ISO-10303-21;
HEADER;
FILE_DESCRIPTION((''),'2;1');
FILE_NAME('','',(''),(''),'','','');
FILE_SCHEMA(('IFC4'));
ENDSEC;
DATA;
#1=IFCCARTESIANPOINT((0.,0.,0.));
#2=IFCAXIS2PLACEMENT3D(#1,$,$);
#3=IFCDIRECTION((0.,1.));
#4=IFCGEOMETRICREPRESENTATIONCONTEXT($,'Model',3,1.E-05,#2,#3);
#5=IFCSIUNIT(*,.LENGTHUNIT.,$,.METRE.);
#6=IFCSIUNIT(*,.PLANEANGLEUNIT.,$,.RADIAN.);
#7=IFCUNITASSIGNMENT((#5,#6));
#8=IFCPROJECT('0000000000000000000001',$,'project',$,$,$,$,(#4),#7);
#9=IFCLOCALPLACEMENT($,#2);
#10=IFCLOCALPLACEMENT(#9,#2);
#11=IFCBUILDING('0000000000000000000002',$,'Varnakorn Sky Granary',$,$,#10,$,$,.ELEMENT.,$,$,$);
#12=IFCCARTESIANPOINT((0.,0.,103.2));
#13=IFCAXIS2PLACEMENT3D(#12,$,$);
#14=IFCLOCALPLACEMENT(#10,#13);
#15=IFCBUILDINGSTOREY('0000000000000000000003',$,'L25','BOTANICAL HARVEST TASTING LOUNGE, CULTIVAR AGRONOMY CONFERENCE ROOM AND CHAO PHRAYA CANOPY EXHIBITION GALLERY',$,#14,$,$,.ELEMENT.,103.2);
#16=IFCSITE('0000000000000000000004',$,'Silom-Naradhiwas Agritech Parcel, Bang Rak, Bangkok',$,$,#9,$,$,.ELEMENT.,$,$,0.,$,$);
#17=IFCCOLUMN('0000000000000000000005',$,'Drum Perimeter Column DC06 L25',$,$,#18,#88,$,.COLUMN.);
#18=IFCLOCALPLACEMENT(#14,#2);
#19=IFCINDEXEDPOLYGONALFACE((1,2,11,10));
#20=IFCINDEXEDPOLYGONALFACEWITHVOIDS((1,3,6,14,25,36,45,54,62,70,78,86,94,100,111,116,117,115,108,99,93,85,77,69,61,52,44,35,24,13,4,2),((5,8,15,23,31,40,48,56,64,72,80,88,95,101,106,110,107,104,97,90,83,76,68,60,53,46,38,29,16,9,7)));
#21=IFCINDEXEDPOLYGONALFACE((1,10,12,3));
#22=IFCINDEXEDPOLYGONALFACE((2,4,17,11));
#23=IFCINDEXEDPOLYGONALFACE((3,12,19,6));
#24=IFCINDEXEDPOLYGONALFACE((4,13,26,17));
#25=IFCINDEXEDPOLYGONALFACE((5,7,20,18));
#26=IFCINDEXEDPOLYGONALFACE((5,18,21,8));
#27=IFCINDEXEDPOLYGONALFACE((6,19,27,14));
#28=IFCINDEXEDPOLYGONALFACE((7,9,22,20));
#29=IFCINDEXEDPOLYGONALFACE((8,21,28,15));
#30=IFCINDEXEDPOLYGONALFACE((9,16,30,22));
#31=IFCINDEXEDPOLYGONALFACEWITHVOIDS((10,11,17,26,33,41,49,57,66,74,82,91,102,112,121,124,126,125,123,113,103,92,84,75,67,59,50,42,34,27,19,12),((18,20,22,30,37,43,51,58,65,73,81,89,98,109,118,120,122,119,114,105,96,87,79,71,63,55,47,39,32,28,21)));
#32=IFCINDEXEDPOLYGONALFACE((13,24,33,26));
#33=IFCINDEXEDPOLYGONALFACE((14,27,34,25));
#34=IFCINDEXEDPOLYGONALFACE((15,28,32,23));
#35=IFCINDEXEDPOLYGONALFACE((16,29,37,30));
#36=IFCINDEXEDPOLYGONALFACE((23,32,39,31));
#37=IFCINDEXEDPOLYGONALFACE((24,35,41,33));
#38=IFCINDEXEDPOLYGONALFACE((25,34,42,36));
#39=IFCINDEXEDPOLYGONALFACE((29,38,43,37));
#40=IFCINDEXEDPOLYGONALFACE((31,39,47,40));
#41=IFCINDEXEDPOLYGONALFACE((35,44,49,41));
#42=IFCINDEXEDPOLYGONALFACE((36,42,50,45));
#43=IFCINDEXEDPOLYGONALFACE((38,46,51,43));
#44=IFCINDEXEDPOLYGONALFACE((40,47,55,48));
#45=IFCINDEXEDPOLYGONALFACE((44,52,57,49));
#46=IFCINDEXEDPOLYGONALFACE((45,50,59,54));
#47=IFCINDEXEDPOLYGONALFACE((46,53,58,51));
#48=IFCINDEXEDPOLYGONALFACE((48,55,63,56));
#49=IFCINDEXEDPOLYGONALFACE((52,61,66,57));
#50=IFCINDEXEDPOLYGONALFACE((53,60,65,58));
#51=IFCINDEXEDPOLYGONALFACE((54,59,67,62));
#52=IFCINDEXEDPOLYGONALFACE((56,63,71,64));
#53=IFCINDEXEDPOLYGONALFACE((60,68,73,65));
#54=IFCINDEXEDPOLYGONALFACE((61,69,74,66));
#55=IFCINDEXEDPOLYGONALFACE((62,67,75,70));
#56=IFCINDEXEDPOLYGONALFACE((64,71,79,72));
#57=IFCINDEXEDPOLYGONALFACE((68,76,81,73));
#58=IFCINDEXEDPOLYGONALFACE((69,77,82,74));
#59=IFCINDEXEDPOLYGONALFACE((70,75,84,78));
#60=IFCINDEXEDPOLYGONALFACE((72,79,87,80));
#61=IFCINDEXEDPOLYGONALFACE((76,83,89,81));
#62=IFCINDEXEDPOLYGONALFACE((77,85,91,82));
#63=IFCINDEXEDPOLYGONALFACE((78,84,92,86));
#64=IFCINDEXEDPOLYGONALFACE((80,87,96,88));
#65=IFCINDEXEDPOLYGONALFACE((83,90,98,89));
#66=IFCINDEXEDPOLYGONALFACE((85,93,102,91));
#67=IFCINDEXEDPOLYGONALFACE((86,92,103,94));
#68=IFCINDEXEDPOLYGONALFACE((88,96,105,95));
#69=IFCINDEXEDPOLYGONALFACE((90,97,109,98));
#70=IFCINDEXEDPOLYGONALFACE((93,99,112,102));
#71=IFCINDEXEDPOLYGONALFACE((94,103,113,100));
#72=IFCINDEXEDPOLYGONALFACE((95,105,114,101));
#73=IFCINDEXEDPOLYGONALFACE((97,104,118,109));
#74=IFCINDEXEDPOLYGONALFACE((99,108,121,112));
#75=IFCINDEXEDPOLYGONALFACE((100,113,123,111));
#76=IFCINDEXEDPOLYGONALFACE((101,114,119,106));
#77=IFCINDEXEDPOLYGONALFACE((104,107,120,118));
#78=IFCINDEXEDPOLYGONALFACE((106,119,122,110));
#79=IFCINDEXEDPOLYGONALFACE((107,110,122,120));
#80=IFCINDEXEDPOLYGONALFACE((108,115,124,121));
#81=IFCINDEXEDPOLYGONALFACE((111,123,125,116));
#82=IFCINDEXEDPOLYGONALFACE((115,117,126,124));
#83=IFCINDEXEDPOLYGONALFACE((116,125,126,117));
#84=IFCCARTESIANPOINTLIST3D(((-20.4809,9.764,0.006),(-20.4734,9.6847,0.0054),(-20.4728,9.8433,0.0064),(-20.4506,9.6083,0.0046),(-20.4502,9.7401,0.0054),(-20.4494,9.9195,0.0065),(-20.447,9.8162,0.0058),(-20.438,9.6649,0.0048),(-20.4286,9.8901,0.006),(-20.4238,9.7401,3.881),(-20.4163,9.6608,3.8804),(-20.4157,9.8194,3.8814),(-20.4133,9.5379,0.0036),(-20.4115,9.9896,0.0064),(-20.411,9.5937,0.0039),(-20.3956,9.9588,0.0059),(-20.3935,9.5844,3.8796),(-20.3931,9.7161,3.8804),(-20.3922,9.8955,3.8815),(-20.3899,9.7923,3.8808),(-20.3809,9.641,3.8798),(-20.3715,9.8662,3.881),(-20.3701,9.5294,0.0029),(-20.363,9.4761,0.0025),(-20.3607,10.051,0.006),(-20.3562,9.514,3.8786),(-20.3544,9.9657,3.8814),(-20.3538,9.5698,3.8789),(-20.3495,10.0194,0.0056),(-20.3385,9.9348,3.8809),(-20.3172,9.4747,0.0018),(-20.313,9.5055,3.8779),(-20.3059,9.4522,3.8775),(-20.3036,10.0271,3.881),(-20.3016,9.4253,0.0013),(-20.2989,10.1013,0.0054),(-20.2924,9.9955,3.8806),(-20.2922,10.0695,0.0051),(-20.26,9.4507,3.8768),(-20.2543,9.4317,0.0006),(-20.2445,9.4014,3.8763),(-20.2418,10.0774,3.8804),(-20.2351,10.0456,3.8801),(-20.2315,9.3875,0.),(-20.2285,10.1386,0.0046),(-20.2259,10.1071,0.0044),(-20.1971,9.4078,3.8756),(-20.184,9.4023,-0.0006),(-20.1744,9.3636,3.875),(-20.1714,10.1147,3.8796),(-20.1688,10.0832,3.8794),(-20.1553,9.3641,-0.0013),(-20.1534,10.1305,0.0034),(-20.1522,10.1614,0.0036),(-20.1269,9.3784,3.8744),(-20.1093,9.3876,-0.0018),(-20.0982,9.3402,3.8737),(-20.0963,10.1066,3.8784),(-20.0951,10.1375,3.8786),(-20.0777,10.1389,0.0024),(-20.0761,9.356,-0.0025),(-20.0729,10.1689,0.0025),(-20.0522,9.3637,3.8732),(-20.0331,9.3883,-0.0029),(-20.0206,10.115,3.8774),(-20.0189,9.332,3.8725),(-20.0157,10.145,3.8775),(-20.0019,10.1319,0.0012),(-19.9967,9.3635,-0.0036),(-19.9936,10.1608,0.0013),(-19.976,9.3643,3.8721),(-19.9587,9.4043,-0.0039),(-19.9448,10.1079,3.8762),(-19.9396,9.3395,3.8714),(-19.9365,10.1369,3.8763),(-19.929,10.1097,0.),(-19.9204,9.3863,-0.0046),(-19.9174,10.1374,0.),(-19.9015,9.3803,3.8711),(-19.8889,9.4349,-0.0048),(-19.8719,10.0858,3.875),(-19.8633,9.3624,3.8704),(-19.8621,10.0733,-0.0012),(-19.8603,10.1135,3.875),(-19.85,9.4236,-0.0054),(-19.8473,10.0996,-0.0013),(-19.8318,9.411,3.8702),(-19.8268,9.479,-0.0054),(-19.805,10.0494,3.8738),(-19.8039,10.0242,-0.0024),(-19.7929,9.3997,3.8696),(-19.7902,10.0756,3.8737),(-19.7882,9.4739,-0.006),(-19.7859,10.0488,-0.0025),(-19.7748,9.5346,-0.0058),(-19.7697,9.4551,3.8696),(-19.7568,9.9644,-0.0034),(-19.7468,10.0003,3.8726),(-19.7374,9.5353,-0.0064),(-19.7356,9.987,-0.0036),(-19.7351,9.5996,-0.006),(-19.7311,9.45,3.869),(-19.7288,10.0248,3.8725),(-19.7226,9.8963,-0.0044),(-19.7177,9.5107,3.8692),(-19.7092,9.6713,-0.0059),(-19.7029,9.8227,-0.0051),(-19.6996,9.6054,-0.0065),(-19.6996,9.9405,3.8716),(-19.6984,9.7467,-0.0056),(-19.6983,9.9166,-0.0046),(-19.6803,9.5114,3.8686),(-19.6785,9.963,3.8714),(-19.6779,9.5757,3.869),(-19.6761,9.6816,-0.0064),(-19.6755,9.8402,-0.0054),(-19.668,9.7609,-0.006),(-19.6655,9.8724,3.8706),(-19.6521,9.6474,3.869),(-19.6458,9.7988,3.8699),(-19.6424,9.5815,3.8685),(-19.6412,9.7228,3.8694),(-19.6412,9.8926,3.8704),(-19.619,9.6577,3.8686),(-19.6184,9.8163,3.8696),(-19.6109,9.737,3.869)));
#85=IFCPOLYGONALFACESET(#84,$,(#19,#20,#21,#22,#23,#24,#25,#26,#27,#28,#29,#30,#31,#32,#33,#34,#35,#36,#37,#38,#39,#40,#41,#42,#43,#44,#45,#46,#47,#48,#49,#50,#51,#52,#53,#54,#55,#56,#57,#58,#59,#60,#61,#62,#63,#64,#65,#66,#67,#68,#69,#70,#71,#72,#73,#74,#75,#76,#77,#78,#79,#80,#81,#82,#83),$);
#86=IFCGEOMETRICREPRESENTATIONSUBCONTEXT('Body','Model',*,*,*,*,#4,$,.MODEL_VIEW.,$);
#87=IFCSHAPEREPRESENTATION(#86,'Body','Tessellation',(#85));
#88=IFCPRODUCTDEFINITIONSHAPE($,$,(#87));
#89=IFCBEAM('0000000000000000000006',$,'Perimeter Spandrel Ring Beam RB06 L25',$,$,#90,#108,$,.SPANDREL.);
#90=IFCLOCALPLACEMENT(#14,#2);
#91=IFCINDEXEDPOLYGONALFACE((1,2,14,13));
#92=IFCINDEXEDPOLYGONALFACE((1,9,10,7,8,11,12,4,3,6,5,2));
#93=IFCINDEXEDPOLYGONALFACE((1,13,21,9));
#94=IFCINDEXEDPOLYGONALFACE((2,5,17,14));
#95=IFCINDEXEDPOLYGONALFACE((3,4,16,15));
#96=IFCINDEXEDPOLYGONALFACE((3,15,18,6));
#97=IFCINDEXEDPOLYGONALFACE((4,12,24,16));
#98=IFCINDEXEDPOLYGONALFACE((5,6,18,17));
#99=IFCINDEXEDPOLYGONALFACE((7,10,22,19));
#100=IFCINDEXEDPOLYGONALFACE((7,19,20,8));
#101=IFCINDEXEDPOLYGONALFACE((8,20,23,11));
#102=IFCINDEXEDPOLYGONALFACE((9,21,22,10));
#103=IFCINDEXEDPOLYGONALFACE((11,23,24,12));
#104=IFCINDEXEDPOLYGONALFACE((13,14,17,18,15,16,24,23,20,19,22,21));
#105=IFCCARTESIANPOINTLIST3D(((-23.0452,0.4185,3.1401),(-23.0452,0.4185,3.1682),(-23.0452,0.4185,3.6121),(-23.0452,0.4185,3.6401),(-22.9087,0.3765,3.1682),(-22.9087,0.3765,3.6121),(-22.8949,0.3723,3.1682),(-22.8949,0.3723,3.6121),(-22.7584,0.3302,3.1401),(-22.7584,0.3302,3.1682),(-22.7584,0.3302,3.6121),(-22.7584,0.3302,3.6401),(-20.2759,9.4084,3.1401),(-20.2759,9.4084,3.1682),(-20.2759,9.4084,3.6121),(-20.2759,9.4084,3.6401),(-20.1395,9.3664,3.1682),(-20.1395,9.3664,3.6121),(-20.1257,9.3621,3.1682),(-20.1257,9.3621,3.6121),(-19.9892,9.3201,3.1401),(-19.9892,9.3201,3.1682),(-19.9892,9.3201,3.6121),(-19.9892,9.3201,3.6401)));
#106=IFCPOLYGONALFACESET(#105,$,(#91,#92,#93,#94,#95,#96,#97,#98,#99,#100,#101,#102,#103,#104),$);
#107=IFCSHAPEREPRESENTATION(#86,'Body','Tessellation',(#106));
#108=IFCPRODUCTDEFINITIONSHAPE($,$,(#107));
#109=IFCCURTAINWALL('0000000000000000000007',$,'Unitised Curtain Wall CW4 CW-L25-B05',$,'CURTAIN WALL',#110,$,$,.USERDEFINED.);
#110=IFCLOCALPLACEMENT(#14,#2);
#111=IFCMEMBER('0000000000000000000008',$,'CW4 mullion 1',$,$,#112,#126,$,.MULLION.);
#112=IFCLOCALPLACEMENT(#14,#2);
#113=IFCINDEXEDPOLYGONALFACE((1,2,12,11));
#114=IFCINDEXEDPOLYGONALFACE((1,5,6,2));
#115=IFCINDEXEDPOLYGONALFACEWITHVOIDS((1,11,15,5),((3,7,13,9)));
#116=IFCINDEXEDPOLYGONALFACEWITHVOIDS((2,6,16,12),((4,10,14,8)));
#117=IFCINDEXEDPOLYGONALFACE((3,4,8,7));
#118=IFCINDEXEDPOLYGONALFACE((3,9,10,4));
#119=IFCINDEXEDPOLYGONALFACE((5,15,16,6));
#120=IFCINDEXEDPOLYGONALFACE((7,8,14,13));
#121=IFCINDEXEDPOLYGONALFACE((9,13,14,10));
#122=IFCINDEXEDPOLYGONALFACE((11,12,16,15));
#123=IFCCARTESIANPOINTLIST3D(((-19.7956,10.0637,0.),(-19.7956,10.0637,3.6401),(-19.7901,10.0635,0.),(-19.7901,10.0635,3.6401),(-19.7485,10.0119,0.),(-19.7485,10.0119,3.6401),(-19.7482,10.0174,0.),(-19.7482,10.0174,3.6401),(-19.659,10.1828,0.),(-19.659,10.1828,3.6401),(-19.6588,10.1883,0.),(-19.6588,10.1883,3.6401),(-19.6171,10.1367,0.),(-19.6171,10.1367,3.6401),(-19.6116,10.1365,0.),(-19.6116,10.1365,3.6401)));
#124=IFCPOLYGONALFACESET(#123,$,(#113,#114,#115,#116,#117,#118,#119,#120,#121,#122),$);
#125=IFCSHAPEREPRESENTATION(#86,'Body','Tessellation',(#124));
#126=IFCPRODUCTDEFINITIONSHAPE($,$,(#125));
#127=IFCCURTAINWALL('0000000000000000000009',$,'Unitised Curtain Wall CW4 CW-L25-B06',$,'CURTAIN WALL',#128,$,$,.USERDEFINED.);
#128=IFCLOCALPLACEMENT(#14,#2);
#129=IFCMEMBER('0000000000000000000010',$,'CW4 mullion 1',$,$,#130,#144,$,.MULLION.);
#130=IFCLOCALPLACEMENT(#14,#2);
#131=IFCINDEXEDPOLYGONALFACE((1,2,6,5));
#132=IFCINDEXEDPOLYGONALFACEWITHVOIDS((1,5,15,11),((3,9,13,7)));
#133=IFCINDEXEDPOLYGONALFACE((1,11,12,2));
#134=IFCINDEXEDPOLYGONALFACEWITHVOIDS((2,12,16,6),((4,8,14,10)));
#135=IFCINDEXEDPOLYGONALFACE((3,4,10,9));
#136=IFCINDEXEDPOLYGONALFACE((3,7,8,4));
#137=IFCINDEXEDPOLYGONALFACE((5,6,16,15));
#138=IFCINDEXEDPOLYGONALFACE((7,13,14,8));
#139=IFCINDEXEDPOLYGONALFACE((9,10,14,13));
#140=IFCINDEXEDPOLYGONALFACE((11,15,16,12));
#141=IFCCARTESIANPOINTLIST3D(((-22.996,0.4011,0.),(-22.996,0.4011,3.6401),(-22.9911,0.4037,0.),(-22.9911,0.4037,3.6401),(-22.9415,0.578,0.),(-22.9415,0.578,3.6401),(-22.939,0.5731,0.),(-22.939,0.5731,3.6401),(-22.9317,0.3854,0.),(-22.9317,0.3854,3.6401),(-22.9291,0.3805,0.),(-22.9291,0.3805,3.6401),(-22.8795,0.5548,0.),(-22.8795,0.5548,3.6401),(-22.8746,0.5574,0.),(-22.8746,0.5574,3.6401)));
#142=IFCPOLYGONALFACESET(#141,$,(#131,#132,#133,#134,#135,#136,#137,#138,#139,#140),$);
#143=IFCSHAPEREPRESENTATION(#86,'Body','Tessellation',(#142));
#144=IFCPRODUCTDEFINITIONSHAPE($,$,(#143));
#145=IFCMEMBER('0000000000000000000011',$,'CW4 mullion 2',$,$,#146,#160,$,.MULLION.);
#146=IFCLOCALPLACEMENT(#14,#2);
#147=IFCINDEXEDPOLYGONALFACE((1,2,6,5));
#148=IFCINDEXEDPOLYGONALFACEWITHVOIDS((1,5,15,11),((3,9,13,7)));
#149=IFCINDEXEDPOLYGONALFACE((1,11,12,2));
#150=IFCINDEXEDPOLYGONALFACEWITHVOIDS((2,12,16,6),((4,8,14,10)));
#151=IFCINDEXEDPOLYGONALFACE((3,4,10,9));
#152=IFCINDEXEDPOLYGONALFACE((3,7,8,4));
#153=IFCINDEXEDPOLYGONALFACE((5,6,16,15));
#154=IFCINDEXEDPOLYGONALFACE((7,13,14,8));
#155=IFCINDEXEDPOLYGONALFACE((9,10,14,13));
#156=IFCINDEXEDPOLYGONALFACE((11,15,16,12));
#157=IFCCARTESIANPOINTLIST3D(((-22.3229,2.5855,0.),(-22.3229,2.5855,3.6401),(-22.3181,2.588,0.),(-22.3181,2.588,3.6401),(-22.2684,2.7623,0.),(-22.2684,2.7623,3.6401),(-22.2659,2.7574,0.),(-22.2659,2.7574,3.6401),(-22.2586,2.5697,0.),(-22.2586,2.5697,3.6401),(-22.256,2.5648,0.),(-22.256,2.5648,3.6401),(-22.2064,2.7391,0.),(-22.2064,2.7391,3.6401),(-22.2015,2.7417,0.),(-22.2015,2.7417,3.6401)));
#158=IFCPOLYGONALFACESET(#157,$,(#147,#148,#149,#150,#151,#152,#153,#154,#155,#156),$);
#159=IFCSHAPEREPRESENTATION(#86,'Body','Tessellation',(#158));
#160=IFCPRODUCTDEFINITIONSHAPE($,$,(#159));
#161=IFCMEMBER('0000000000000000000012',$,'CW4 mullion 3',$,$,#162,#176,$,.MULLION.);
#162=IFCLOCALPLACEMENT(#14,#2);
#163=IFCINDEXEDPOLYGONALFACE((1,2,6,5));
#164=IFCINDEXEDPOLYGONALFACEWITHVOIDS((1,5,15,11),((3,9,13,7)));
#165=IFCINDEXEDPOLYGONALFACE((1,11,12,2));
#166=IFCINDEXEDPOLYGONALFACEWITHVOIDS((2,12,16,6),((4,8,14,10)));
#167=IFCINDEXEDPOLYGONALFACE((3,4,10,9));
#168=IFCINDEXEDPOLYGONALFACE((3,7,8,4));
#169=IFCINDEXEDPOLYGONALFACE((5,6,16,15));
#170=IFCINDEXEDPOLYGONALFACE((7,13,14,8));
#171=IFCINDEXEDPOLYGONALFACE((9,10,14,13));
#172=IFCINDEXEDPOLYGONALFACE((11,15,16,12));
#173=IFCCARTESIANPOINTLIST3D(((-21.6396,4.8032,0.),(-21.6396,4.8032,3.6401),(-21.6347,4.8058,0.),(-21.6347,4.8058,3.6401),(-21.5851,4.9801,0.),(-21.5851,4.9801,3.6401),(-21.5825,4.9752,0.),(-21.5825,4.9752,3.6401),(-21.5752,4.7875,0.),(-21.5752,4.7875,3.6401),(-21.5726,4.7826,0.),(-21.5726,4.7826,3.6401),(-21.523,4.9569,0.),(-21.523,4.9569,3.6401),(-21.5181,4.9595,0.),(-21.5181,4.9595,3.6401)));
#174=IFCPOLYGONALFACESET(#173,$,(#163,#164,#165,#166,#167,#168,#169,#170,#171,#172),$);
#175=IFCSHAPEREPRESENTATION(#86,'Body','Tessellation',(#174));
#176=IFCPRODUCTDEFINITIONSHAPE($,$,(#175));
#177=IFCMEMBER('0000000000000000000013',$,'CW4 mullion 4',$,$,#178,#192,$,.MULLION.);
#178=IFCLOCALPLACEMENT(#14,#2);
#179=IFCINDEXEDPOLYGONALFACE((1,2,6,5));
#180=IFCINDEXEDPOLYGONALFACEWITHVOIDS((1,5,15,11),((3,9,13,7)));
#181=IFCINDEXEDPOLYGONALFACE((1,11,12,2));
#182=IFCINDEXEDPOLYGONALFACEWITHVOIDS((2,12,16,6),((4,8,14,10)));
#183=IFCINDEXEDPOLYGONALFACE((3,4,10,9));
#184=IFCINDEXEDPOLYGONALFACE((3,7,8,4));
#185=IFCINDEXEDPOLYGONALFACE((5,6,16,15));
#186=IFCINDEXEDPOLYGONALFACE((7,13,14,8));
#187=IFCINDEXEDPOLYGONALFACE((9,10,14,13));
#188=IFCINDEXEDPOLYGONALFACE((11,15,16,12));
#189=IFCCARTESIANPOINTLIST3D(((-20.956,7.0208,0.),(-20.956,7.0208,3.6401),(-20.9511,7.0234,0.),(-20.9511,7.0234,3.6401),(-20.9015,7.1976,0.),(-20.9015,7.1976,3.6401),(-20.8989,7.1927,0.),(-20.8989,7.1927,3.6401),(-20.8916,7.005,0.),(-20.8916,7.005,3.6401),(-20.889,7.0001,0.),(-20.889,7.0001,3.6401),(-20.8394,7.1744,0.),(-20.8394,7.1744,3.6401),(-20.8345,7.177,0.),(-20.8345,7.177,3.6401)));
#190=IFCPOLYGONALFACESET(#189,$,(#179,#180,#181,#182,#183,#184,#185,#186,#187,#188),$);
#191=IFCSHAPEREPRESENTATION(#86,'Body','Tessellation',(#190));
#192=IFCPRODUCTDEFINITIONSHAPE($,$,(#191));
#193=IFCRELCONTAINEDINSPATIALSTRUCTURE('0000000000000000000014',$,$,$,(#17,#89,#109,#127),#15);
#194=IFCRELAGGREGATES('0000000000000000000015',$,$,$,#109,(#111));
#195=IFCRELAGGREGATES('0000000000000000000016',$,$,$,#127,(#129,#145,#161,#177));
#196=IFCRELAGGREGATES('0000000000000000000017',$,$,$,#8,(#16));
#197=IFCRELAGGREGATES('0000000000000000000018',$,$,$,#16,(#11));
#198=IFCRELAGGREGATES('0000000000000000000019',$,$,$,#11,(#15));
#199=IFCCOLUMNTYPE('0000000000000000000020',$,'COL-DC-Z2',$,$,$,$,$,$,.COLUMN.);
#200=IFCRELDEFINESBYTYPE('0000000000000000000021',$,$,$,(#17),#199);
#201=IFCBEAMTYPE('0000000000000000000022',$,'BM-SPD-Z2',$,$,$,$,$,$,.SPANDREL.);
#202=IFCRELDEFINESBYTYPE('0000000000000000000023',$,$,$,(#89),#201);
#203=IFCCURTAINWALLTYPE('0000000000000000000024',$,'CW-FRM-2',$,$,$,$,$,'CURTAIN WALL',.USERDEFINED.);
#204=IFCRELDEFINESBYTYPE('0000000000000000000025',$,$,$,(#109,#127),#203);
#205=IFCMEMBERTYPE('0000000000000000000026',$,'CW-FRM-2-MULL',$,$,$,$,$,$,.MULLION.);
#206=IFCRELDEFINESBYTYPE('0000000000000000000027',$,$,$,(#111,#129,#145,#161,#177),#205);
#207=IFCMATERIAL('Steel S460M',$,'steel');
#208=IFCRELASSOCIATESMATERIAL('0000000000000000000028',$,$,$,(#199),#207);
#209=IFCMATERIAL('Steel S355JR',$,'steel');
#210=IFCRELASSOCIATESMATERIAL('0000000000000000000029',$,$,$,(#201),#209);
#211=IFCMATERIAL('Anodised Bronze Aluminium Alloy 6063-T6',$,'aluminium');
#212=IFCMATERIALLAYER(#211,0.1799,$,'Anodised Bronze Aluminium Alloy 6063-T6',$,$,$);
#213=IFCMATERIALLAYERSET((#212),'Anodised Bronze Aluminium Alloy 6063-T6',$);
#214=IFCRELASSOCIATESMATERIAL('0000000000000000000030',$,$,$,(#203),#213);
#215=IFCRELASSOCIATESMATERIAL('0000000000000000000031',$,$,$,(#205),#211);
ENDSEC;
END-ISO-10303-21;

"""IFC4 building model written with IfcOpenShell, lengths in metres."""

from ifc_helpers import new_model, si_unit, direction, frame, origin, origin_2d, place, context, subcontext, project, spatial, hollow_rectangle, hollow_circle, i_section, extrude, material, layer, layer_set, material_profile, profile_set, type_object, element, aggregate, save


model = new_model("IFC4")

# Units and contexts
model_context = context("Model", 3, precision=1e-05, world=origin(), true_north=direction((0.0, 1.0)))
body_context = subcontext(model_context, "Body", "Model", "MODEL_VIEW")
ifc_project = project(units=[si_unit("LENGTHUNIT", "METRE"), si_unit("PLANEANGLEUNIT", "RADIAN")], contexts=[model_context])

# Site, building, storey
site_placement = place(None, origin())
site = spatial("IfcSite", under=ifc_project, at=site_placement, Name="Silom-Naradhiwas Agritech Parcel, Bang Rak, Bangkok", CompositionType="ELEMENT", RefElevation=0.0)
building_placement = place(site_placement, origin())
building = spatial("IfcBuilding", under=site, at=building_placement, Name="Varnakorn Sky Granary", CompositionType="ELEMENT")
storey_placement = place(building_placement, frame((0.0, 0.0, 103.2)))
storey = spatial("IfcBuildingStorey", under=building, at=storey_placement, Name="L25", Description="BOTANICAL HARVEST TASTING LOUNGE, CULTIVAR AGRONOMY CONFERENCE ROOM AND CHAO PHRAYA CANOPY EXHIBITION GALLERY", CompositionType="ELEMENT", Elevation=103.2)

# Column
ifc_material_1 = material(Name="Steel S460M", Category="steel")
ifc_material_profile_1 = material_profile(ifc_material_1, hollow_circle(Radius=0.4065, WallThickness=0.03, at=origin_2d()), Name="CHS 813x30")
ifc_profile_set_1 = profile_set([ifc_material_profile_1], Name="Steel S460M")
column_type = type_object("IfcColumnType", Name="COL-DC-Z2", PredefinedType="COLUMN", material=ifc_profile_set_1)
column_placement = place(storey_placement, frame((-20.0745, 9.7625, 0.0), z_axis=(0.014741, -0.006174, 0.999872), x_axis=(0.386294, 0.922376, 0.0)))
element("IfcColumn", 1, at=column_placement, inside=storey, type_object=column_type, Name="Drum Perimeter Column DC06 L25", PredefinedType="COLUMN", context=body_context, shape_type="SweptSolid", body=[
    extrude(hollow_circle(Radius=0.4065, WallThickness=0.03, at=origin_2d()), origin(), (0.0, 0.0, 1.0), 3.8755),
])

# Beam
ifc_material_2 = material(Name="Steel S355JR", Category="steel")
ifc_material_profile_2 = material_profile(ifc_material_2, i_section(OverallWidth=0.3, OverallDepth=0.5, WebThickness=0.0144, FlangeThickness=0.0281, at=origin_2d()), Name="HE 500 B")
ifc_profile_set_2 = profile_set([ifc_material_profile_2], Name="Steel S355JR")
beam_type = type_object("IfcBeamType", Name="BM-SPD-Z2", PredefinedType="SPANDREL", material=ifc_profile_set_2)
beam_placement = place(storey_placement, frame((-20.1326, 9.3643, 3.3901), z_axis=(-0.29439, -0.955685, 0.0), x_axis=(0.955685, -0.29439, 0.0)))
element("IfcBeam", 2, at=beam_placement, inside=storey, type_object=beam_type, Name="Perimeter Spandrel Ring Beam RB06 L25", PredefinedType="SPANDREL", context=body_context, shape_type="SweptSolid", body=[
    extrude(i_section(OverallWidth=0.3, OverallDepth=0.5, WebThickness=0.0144, FlangeThickness=0.0281, at=origin_2d()), origin(), (0.0, 0.0, 1.0), 9.4067),
])

# Curtain wall, member
ifc_material_3 = material(Name="Anodised Bronze Aluminium Alloy 6063-T6", Category="aluminium")
ifc_layer_1 = layer(ifc_material_3, 0.1799, Name="Anodised Bronze Aluminium Alloy 6063-T6")
ifc_layer_set_1 = layer_set([ifc_layer_1], Name="Anodised Bronze Aluminium Alloy 6063-T6")
curtain_wall_type = type_object("IfcCurtainWallType", Name="CW-FRM-2", ElementType="CURTAIN WALL", PredefinedType="USERDEFINED", material=ifc_layer_set_1)
curtain_wall_1_placement = place(storey_placement, origin())
curtain_wall_1 = element("IfcCurtainWall", 3, at=curtain_wall_1_placement, inside=storey, type_object=curtain_wall_type, Name="Unitised Curtain Wall CW4 CW-L25-B05", ObjectType="CURTAIN WALL", PredefinedType="USERDEFINED")
ifc_material_profile_3 = material_profile(ifc_material_3, hollow_rectangle(XDim=0.0701, YDim=0.1851, WallThickness=0.0039, at=origin_2d()), Name="ALU MULL 70x185")
ifc_profile_set_3 = profile_set([ifc_material_profile_3], Name="Anodised Bronze Aluminium Alloy 6063-T6")
member_type_1 = type_object("IfcMemberType", Name="CW-FRM-2-MULL", PredefinedType="MULLION", material=ifc_profile_set_3)
member_1_placement = place(storey_placement, frame((-19.7036, 10.1001, 0.0), z_axis=(0.0, 0.0, 1.0), x_axis=(-0.673185, 0.739474, 0.0)))
member_1 = element("IfcMember", 4, at=member_1_placement, type_object=member_type_1, Name="CW4 mullion 1", PredefinedType="MULLION", context=body_context, shape_type="SweptSolid", body=[
    extrude(hollow_rectangle(XDim=0.0701, YDim=0.1851, WallThickness=0.0039, at=origin_2d()), origin(), (0.0, 0.0, 1.0), 3.6401),
])

# Curtain wall, members
curtain_wall_2_placement = place(storey_placement, origin())
curtain_wall_2 = element("IfcCurtainWall", 5, at=curtain_wall_2_placement, inside=storey, type_object=curtain_wall_type, Name="Unitised Curtain Wall CW4 CW-L25-B06", ObjectType="CURTAIN WALL", PredefinedType="USERDEFINED")
member_2_placement = place(storey_placement, frame((-22.9353, 0.4792, 0.0), z_axis=(0.0, 0.0, 1.0), x_axis=(-0.955652, 0.294498, 0.0)))
member_2 = element("IfcMember", 6, at=member_2_placement, type_object=member_type_1, Name="CW4 mullion 1", PredefinedType="MULLION", context=body_context, shape_type="SweptSolid", body=[
    extrude(hollow_rectangle(XDim=0.0701, YDim=0.1851, WallThickness=0.0039, at=origin_2d()), origin(), (0.0, 0.0, 1.0), 3.6401),
])
member_3_placement = place(storey_placement, frame((-22.2622, 2.6636, 0.0), z_axis=(0.0, 0.0, 1.0), x_axis=(-0.955652, 0.294498, 0.0)))
member_3 = element("IfcMember", 7, at=member_3_placement, type_object=member_type_1, Name="CW4 mullion 2", PredefinedType="MULLION", context=body_context, shape_type="SweptSolid", body=[
    extrude(hollow_rectangle(XDim=0.0701, YDim=0.1851, WallThickness=0.0039, at=origin_2d()), origin(), (0.0, 0.0, 1.0), 3.6401),
])
member_4_placement = place(storey_placement, frame((-21.5789, 4.8813, 0.0), z_axis=(0.0, 0.0, 1.0), x_axis=(-0.955652, 0.294498, 0.0)))
member_4 = element("IfcMember", 8, at=member_4_placement, type_object=member_type_1, Name="CW4 mullion 3", PredefinedType="MULLION", context=body_context, shape_type="SweptSolid", body=[
    extrude(hollow_rectangle(XDim=0.0701, YDim=0.1851, WallThickness=0.0039, at=origin_2d()), origin(), (0.0, 0.0, 1.0), 3.6401),
])
member_5_placement = place(storey_placement, frame((-20.8953, 7.0989, 0.0), z_axis=(0.0, 0.0, 1.0), x_axis=(-0.955652, 0.294498, 0.0)))
member_5 = element("IfcMember", 9, at=member_5_placement, type_object=member_type_1, Name="CW4 mullion 4", PredefinedType="MULLION", context=body_context, shape_type="SweptSolid", body=[
    extrude(hollow_rectangle(XDim=0.0701, YDim=0.1851, WallThickness=0.0039, at=origin_2d()), origin(), (0.0, 0.0, 1.0), 3.6401),
])

aggregate(curtain_wall_1, [member_1])

aggregate(curtain_wall_2, [member_2, member_3, member_4, member_5])

save(model, "model.ifc")
